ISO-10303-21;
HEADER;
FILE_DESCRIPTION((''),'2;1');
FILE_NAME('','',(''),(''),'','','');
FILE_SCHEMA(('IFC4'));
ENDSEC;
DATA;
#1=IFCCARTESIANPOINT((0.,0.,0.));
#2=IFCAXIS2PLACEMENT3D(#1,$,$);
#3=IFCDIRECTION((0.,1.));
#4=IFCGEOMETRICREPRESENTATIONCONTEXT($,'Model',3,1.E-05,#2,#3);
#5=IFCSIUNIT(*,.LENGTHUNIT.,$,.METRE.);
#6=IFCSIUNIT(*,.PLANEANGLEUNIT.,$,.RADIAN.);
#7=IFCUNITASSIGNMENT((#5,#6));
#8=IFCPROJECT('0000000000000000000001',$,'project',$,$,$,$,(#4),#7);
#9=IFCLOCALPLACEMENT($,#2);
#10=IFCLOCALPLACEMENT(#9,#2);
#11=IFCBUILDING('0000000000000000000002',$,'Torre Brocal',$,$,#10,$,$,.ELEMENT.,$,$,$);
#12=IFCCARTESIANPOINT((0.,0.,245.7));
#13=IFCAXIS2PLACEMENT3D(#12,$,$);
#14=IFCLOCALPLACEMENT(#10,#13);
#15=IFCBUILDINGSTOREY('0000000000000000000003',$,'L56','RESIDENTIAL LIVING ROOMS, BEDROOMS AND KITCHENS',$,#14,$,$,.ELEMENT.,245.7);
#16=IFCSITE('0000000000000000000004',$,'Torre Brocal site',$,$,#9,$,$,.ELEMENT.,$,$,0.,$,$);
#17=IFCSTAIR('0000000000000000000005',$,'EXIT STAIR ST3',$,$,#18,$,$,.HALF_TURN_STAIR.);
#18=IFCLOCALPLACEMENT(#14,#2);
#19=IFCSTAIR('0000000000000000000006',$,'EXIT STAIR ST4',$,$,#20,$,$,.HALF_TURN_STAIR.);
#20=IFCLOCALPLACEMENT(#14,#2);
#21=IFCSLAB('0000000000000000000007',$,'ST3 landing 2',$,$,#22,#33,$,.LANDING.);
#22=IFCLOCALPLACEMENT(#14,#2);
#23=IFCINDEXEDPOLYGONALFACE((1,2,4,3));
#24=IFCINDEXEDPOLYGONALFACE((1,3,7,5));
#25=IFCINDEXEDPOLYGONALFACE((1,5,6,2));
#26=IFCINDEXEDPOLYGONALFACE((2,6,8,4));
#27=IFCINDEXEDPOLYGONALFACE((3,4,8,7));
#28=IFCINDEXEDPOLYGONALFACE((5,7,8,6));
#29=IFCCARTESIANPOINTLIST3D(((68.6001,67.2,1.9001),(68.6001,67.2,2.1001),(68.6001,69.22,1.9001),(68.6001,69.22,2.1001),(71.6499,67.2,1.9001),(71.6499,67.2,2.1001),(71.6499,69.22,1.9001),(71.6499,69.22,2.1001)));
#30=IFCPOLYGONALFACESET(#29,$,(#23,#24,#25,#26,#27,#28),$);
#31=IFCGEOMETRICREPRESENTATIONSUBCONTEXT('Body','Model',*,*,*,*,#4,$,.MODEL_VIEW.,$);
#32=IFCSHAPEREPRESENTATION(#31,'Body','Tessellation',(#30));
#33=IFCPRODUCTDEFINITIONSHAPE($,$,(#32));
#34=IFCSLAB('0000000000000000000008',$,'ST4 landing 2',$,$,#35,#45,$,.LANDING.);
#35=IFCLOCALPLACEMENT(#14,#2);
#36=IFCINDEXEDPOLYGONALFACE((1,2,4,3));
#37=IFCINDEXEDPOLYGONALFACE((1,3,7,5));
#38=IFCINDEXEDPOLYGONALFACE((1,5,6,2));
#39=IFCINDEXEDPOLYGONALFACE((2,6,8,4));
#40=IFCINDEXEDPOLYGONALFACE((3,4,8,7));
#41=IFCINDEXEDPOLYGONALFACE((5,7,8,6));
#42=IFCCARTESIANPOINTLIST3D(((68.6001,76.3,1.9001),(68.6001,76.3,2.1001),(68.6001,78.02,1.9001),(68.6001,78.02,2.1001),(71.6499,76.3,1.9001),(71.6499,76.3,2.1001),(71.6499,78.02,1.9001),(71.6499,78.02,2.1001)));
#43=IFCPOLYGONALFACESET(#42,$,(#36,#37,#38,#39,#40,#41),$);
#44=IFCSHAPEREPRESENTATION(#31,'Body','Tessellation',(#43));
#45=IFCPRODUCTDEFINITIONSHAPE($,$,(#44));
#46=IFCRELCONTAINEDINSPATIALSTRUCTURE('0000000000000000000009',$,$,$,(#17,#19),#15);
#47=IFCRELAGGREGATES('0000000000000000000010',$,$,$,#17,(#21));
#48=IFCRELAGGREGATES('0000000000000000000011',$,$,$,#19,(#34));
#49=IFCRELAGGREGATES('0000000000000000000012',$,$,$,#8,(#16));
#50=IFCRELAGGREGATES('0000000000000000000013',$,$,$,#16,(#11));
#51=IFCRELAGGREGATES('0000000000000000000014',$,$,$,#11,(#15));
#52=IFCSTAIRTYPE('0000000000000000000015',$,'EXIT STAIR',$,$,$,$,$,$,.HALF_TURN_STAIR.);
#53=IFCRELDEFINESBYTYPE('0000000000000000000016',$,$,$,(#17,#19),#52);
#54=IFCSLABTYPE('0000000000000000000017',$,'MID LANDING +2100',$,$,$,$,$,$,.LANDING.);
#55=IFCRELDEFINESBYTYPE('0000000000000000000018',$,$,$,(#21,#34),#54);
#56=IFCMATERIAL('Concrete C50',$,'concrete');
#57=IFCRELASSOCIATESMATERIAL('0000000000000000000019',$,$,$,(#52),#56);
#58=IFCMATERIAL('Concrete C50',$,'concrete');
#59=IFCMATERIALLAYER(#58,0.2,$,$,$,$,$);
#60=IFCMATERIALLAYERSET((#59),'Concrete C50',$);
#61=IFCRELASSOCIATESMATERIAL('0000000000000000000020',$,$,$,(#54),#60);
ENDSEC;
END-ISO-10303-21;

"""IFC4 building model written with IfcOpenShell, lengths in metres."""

from ifc_helpers import new_model, si_unit, direction, frame, origin, place, context, subcontext, project, spatial, polyline, outline, extrude, material, layer, layer_set, type_object, element, aggregate, save


model = new_model("IFC4")

# Units and contexts
model_context = context("Model", 3, precision=1e-05, world=origin(), true_north=direction((0.0, 1.0)))
body_context = subcontext(model_context, "Body", "Model", "MODEL_VIEW")
ifc_project = project(units=[si_unit("LENGTHUNIT", "METRE"), si_unit("PLANEANGLEUNIT", "RADIAN")], contexts=[model_context])

# Site, building, storey
site_placement = place(None, origin())
site = spatial("IfcSite", under=ifc_project, at=site_placement, Name="Torre Brocal site", CompositionType="ELEMENT", RefElevation=0.0)
building_placement = place(site_placement, origin())
building = spatial("IfcBuilding", under=site, at=building_placement, Name="Torre Brocal", CompositionType="ELEMENT")
storey_placement = place(building_placement, frame((0.0, 0.0, 245.7)))
storey = spatial("IfcBuildingStorey", under=building, at=storey_placement, Name="L56", Description="RESIDENTIAL LIVING ROOMS, BEDROOMS AND KITCHENS", CompositionType="ELEMENT", Elevation=245.7)

# Stairs
ifc_material_1 = material(Name="Concrete C50", Category="concrete")
stair_type = type_object("IfcStairType", Name="EXIT STAIR", PredefinedType="HALF_TURN_STAIR", material=ifc_material_1)
stair_1_placement = place(storey_placement, origin())
stair_1 = element("IfcStair", 1, at=stair_1_placement, inside=storey, type_object=stair_type, Name="EXIT STAIR ST3", PredefinedType="HALF_TURN_STAIR")
stair_2_placement = place(storey_placement, origin())
stair_2 = element("IfcStair", 2, at=stair_2_placement, inside=storey, type_object=stair_type, Name="EXIT STAIR ST4", PredefinedType="HALF_TURN_STAIR")

# Slabs
ifc_material_2 = material(Name="Concrete C50", Category="concrete")
ifc_layer_1 = layer(ifc_material_2, 0.2)
ifc_layer_set_1 = layer_set([ifc_layer_1], Name="Concrete C50")
slab_type_1 = type_object("IfcSlabType", Name="MID LANDING +2100", PredefinedType="LANDING", material=ifc_layer_set_1)
slab_1_placement = place(storey_placement, frame((0.0, 0.0, 1.9001)))
slab_1 = element("IfcSlab", 3, at=slab_1_placement, type_object=slab_type_1, Name="ST3 landing 2", PredefinedType="LANDING", context=body_context, shape_type="SweptSolid", body=[
    extrude(outline(polyline([(71.6499, 69.22), (68.6001, 69.22), (68.6001, 67.2), (71.6499, 67.2), (71.6499, 69.22)])), origin(), (0.0, 0.0, 1.0), 0.2),
])
aggregate(stair_1, [slab_1])
slab_2_placement = place(storey_placement, frame((0.0, 0.0, 1.9001)))
slab_2 = element("IfcSlab", 4, at=slab_2_placement, type_object=slab_type_1, Name="ST4 landing 2", PredefinedType="LANDING", context=body_context, shape_type="SweptSolid", body=[
    extrude(outline(polyline([(71.6499, 78.02), (68.6001, 78.02), (68.6001, 76.3), (71.6499, 76.3), (71.6499, 78.02)])), origin(), (0.0, 0.0, 1.0), 0.2),
])
aggregate(stair_2, [slab_2])

save(model, "model.ifc")
